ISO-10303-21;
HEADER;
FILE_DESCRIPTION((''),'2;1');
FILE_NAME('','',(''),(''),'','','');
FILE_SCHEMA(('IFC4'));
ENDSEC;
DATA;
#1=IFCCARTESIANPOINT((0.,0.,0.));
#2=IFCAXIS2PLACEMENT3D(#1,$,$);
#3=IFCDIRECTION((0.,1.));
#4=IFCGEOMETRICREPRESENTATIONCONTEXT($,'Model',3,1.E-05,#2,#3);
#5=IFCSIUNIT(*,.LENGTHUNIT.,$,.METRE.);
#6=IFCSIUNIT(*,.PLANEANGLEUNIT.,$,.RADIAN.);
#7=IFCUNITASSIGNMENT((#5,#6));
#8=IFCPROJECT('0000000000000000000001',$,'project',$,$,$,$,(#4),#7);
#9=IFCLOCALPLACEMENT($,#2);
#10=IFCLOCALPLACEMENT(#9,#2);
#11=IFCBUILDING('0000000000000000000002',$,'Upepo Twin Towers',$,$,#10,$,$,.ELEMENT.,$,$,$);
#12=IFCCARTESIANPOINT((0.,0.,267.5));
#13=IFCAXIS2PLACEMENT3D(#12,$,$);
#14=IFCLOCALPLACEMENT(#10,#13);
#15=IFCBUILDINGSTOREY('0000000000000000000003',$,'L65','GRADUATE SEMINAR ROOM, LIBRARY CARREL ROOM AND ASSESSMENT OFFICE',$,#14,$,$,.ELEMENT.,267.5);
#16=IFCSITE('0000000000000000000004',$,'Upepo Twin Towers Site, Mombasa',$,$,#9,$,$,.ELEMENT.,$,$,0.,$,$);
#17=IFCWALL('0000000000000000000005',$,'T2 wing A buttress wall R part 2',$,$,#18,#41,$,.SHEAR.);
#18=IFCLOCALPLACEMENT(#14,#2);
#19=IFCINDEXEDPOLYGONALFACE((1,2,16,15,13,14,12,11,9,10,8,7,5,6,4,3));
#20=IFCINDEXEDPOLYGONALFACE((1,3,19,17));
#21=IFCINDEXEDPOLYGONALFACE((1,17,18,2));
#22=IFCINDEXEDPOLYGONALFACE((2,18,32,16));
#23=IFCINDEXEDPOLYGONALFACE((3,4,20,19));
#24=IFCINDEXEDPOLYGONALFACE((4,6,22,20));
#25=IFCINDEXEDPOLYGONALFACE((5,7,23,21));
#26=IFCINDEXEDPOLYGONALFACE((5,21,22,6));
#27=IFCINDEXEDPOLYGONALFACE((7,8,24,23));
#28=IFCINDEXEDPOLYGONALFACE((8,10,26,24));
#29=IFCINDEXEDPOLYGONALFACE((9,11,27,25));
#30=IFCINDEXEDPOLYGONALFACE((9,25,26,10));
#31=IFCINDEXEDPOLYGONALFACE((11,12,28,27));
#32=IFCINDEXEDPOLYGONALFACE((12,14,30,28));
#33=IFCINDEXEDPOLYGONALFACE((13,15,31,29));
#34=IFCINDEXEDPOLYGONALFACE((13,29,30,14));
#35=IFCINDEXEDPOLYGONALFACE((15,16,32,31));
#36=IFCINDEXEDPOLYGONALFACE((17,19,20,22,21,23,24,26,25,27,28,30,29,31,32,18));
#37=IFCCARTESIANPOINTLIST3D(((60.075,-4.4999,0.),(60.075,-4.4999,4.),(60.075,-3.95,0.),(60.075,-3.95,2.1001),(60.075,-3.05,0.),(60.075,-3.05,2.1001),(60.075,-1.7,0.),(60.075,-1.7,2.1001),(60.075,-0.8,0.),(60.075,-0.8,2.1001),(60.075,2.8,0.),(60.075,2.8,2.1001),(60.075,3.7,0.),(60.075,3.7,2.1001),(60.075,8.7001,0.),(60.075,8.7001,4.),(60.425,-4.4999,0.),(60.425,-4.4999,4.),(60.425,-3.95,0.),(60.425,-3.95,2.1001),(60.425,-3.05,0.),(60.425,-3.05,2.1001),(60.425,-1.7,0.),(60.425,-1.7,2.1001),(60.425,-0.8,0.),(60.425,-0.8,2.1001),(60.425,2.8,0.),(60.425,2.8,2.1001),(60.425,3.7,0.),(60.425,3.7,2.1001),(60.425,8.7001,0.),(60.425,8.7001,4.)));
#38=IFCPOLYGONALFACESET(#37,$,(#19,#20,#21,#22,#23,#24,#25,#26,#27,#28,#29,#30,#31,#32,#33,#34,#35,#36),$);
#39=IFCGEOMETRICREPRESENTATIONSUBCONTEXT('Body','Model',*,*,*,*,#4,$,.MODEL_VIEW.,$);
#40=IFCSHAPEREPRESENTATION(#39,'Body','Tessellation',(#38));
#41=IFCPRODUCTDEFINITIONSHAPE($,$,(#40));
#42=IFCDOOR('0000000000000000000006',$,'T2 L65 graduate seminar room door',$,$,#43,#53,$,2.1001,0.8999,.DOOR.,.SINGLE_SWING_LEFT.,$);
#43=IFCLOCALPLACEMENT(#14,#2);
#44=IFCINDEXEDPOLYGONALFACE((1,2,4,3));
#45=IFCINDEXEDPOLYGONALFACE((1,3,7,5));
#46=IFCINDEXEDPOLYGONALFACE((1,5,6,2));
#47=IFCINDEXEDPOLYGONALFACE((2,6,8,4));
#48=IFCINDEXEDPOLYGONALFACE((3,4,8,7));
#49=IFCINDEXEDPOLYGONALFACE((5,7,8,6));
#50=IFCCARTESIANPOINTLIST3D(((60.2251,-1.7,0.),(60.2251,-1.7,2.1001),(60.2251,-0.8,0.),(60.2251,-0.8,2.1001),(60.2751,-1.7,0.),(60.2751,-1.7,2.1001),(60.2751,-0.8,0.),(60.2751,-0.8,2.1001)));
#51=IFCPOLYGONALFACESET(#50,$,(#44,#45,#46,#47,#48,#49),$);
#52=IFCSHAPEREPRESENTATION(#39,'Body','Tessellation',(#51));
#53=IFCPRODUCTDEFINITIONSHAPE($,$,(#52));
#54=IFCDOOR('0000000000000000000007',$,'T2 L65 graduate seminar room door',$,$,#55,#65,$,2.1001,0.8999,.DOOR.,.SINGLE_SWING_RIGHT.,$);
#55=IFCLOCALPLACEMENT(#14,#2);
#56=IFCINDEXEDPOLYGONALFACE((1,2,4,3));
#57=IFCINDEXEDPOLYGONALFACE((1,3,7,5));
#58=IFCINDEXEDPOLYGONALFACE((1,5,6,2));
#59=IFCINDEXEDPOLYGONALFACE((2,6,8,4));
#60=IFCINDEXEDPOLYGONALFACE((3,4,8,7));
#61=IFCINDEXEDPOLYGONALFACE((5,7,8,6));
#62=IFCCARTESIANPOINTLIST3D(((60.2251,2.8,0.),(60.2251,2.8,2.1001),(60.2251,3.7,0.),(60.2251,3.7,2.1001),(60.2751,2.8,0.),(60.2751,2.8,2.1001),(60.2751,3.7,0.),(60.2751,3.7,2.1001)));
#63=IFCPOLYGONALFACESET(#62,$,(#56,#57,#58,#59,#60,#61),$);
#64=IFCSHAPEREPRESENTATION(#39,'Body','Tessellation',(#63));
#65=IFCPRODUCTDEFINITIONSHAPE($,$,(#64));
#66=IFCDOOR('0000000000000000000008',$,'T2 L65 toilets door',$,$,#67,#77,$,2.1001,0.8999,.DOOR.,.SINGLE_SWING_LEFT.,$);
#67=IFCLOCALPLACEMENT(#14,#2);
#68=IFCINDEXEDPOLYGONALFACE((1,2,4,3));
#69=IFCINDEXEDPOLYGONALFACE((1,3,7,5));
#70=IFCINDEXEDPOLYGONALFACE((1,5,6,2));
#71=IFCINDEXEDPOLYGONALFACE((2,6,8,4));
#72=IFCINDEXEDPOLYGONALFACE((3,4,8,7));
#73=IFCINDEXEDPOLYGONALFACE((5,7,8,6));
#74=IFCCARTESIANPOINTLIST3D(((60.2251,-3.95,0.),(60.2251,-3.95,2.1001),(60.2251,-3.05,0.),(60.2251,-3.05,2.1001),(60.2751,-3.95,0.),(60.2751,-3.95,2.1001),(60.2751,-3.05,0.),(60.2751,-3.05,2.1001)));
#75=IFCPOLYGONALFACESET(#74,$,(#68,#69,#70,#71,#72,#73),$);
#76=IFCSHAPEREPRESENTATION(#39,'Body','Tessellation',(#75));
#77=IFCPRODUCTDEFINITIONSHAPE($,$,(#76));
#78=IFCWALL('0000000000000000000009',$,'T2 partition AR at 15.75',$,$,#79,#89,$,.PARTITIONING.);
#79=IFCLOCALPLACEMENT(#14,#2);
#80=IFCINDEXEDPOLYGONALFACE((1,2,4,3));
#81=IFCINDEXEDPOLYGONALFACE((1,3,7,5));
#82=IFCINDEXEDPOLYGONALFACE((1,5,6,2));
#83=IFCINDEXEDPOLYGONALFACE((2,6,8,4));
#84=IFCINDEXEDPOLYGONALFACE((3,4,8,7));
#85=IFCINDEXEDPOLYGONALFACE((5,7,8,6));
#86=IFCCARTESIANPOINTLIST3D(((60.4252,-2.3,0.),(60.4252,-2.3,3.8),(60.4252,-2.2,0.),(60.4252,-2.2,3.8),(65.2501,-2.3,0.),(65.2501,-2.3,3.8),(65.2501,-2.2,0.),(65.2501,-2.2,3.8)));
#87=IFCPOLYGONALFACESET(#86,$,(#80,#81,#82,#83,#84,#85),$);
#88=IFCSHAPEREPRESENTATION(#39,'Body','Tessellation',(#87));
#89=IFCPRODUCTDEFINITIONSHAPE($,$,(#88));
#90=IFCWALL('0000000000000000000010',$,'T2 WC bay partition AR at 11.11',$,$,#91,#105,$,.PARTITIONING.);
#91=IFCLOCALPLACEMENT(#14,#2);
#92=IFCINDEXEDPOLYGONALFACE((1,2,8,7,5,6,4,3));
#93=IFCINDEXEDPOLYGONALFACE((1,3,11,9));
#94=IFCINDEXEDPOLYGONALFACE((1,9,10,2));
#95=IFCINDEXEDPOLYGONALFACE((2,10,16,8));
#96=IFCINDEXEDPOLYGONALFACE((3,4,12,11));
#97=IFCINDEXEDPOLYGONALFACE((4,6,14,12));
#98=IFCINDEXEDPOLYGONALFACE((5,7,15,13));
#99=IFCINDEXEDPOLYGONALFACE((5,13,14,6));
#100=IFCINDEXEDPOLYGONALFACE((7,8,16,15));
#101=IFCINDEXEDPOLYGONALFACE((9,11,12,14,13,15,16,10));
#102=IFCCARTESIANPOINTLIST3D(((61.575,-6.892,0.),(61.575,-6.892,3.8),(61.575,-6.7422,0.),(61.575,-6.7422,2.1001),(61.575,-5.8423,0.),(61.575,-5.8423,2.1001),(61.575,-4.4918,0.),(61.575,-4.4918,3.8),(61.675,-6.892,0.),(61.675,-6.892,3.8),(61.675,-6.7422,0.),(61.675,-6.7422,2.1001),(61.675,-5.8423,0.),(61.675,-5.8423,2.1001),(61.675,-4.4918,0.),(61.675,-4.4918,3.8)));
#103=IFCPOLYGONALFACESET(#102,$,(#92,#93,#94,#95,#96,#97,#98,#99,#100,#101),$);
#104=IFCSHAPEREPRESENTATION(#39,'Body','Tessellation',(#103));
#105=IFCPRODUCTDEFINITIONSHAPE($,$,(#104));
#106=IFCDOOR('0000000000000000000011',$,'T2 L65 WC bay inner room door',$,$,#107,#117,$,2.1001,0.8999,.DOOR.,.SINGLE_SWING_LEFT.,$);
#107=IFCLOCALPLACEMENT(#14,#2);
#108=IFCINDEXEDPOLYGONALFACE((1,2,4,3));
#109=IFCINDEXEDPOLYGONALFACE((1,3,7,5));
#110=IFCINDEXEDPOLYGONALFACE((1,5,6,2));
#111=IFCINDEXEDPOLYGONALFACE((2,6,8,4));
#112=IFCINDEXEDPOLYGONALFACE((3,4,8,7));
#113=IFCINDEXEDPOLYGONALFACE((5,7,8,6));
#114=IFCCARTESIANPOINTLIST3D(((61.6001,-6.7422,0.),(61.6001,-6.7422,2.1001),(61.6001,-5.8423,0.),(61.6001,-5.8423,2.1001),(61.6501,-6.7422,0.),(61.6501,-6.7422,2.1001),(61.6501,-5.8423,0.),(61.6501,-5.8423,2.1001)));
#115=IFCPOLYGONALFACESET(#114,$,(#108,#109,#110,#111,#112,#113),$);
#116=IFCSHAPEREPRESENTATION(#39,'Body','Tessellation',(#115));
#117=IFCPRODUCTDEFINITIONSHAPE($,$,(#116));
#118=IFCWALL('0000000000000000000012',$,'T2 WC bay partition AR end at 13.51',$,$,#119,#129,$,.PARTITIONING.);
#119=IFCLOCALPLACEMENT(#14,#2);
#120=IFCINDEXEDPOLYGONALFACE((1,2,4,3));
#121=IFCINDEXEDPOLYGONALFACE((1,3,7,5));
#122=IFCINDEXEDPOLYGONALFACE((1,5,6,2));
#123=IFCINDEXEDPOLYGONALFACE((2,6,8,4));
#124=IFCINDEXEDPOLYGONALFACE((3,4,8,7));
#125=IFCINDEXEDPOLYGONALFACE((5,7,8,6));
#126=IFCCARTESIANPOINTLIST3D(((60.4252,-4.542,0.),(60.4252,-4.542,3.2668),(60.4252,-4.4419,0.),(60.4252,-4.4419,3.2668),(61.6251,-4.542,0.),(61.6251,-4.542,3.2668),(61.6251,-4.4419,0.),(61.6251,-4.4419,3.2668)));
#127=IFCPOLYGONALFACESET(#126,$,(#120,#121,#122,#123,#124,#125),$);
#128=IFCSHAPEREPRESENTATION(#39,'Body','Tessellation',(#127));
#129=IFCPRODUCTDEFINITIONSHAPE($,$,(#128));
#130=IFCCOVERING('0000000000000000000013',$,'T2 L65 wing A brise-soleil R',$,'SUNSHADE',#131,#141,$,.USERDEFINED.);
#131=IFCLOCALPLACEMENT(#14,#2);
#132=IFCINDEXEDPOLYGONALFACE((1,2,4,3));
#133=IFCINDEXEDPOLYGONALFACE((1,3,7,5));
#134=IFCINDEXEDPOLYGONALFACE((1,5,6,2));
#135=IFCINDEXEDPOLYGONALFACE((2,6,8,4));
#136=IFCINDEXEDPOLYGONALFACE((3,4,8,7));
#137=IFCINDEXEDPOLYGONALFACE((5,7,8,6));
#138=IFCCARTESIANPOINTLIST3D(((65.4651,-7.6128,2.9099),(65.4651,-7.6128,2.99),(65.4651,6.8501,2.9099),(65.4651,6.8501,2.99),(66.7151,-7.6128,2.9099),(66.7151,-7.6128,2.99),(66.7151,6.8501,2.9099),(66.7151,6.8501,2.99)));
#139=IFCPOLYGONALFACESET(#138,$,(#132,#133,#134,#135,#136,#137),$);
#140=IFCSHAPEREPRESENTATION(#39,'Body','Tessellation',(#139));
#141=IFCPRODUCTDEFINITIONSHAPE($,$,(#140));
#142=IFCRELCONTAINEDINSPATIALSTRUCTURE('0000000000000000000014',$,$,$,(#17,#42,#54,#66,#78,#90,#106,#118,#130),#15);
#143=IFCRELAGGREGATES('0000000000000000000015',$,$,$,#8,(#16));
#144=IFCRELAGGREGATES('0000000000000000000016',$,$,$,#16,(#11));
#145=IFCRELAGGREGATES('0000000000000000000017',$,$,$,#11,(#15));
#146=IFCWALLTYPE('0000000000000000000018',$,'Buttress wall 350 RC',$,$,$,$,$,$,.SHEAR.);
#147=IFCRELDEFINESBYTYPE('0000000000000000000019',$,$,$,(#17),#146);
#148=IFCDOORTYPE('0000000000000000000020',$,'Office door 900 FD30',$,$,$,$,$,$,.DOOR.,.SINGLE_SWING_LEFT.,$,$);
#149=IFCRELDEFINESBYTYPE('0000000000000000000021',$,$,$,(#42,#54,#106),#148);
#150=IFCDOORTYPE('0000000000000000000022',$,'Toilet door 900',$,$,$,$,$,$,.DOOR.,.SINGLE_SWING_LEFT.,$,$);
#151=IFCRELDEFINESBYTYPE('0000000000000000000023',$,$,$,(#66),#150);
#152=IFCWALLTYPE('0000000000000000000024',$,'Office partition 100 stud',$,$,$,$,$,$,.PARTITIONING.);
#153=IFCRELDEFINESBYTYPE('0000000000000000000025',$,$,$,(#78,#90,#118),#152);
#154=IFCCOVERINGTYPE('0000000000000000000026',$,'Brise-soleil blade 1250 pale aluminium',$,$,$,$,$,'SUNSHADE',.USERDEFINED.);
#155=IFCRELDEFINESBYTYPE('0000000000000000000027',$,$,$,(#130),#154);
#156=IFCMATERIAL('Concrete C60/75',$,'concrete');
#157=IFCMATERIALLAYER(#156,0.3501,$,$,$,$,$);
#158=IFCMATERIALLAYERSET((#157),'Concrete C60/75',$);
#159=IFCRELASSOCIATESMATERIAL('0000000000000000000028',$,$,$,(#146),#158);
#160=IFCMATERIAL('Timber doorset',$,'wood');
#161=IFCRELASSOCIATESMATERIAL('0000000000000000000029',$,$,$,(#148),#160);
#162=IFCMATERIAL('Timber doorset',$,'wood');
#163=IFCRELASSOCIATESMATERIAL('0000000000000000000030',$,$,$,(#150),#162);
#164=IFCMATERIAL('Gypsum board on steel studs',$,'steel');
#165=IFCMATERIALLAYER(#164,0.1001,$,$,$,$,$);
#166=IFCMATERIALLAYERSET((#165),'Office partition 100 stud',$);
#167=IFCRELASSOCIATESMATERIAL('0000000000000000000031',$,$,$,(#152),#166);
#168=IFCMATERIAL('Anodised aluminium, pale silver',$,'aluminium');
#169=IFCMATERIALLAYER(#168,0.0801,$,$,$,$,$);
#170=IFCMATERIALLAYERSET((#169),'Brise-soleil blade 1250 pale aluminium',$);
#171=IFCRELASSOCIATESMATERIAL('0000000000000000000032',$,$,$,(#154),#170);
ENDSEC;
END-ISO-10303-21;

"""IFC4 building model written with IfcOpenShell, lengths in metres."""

from ifc_helpers import new_model, si_unit, direction, frame, frame_2d, origin, origin_2d, place, context, subcontext, project, spatial, rectangle, extrude, material, layer, layer_set, type_object, element, fill, save


model = new_model("IFC4")

# Units and contexts
model_context = context("Model", 3, precision=1e-05, world=origin(), true_north=direction((0.0, 1.0)))
body_context = subcontext(model_context, "Body", "Model", "MODEL_VIEW")
ifc_project = project(units=[si_unit("LENGTHUNIT", "METRE"), si_unit("PLANEANGLEUNIT", "RADIAN")], contexts=[model_context])

# Site, building, storey
site_placement = place(None, origin())
site = spatial("IfcSite", under=ifc_project, at=site_placement, Name="Upepo Twin Towers Site, Mombasa", CompositionType="ELEMENT", RefElevation=0.0)
building_placement = place(site_placement, origin())
building = spatial("IfcBuilding", under=site, at=building_placement, Name="Upepo Twin Towers", CompositionType="ELEMENT")
storey_placement = place(building_placement, frame((0.0, 0.0, 267.5)))
storey = spatial("IfcBuildingStorey", under=building, at=storey_placement, Name="L65", Description="GRADUATE SEMINAR ROOM, LIBRARY CARREL ROOM AND ASSESSMENT OFFICE", CompositionType="ELEMENT", Elevation=267.5)

# Wall, openings, doors
ifc_material_1 = material(Name="Concrete C60/75", Category="concrete")
ifc_layer_1 = layer(ifc_material_1, 0.3501)
ifc_layer_set_1 = layer_set([ifc_layer_1], Name="Concrete C60/75")
wall_type_1 = type_object("IfcWallType", Name="Buttress wall 350 RC", PredefinedType="SHEAR", material=ifc_layer_set_1)
wall_1_placement = place(storey_placement, frame((60.25, -4.5, 0.0), z_axis=(0.0, 0.0, 1.0), x_axis=(0.0, 1.0, 0.0)))
wall_1 = element("IfcWall", 1, at=wall_1_placement, inside=storey, type_object=wall_type_1, Name="T2 wing A buttress wall R part 2", PredefinedType="SHEAR", context=body_context, shape_type="SweptSolid", body=[
    extrude(rectangle(XDim=13.2, YDim=0.3501, at=frame_2d((6.6001, 0.0))), origin(), (0.0, 0.0, 1.0), 4.0),
])
opening_1_placement = place(wall_1_placement, frame((0.55, 0.0, 0.0)))
opening_1 = element("IfcOpeningElement", 2, at=opening_1_placement, cuts=wall_1, PredefinedType="OPENING", context=body_context, shape_type="SweptSolid", body=[
    extrude(rectangle(XDim=0.8999, YDim=2.1001, at=frame_2d((0.45, 1.05))), frame((0.0, 0.1851, 0.0), z_axis=(0.0, -1.0, 0.0), x_axis=(1.0, 0.0, 0.0)), (0.0, 0.0, 1.0), 0.3701),
])
opening_2_placement = place(wall_1_placement, frame((2.8, 0.0, 0.0)))
opening_2 = element("IfcOpeningElement", 3, at=opening_2_placement, cuts=wall_1, PredefinedType="OPENING", context=body_context, shape_type="SweptSolid", body=[
    extrude(rectangle(XDim=0.8999, YDim=2.1001, at=frame_2d((0.45, 1.05))), frame((0.0, 0.1851, 0.0), z_axis=(0.0, -1.0, 0.0), x_axis=(1.0, 0.0, 0.0)), (0.0, 0.0, 1.0), 0.3701),
])
opening_3_placement = place(wall_1_placement, frame((7.3, 0.0, 0.0)))
opening_3 = element("IfcOpeningElement", 4, at=opening_3_placement, cuts=wall_1, PredefinedType="OPENING", context=body_context, shape_type="SweptSolid", body=[
    extrude(rectangle(XDim=0.8999, YDim=2.1001, at=frame_2d((0.45, 1.05))), frame((0.0, 0.1851, 0.0), z_axis=(0.0, -1.0, 0.0), x_axis=(1.0, 0.0, 0.0)), (0.0, 0.0, 1.0), 0.3701),
])
ifc_material_2 = material(Name="Timber doorset", Category="wood")
door_type_1 = type_object("IfcDoorType", Name="Office door 900 FD30", OperationType="SINGLE_SWING_LEFT", PredefinedType="DOOR", material=ifc_material_2)
door_1_placement = place(opening_2_placement, origin())
door_1 = element("IfcDoor", 5, at=door_1_placement, inside=storey, type_object=door_type_1, Name="T2 L65 graduate seminar room door", OperationType="SINGLE_SWING_LEFT", OverallHeight=2.1001, OverallWidth=0.8999, PredefinedType="DOOR", context=body_context, shape_type="SweptSolid", body=[
    extrude(rectangle(XDim=0.8999, YDim=2.1001, at=frame_2d((0.45, 1.05))), frame((0.0, 0.0249, 0.0), z_axis=(0.0, -1.0, 0.0), x_axis=(1.0, 0.0, 0.0)), (0.0, 0.0, 1.0), 0.05),
])
fill(opening_2, door_1)
door_2_placement = place(opening_3_placement, origin())
door_2 = element("IfcDoor", 6, at=door_2_placement, inside=storey, type_object=door_type_1, Name="T2 L65 graduate seminar room door", OperationType="SINGLE_SWING_RIGHT", OverallHeight=2.1001, OverallWidth=0.8999, PredefinedType="DOOR", context=body_context, shape_type="SweptSolid", body=[
    extrude(rectangle(XDim=0.8999, YDim=2.1001, at=frame_2d((0.45, 1.05))), frame((0.0, 0.0249, 0.0), z_axis=(0.0, -1.0, 0.0), x_axis=(1.0, 0.0, 0.0)), (0.0, 0.0, 1.0), 0.05),
])
fill(opening_3, door_2)
ifc_material_3 = material(Name="Timber doorset", Category="wood")
door_type_2 = type_object("IfcDoorType", Name="Toilet door 900", OperationType="SINGLE_SWING_LEFT", PredefinedType="DOOR", material=ifc_material_3)
door_3_placement = place(opening_1_placement, origin())
door_3 = element("IfcDoor", 7, at=door_3_placement, inside=storey, type_object=door_type_2, Name="T2 L65 toilets door", OperationType="SINGLE_SWING_LEFT", OverallHeight=2.1001, OverallWidth=0.8999, PredefinedType="DOOR", context=body_context, shape_type="SweptSolid", body=[
    extrude(rectangle(XDim=0.8999, YDim=2.1001, at=frame_2d((0.45, 1.05))), frame((0.0, 0.0249, 0.0), z_axis=(0.0, -1.0, 0.0), x_axis=(1.0, 0.0, 0.0)), (0.0, 0.0, 1.0), 0.05),
])
fill(opening_1, door_3)

# Wall
ifc_material_4 = material(Name="Gypsum board on steel studs", Category="steel")
ifc_layer_2 = layer(ifc_material_4, 0.1001)
ifc_layer_set_2 = layer_set([ifc_layer_2], Name="Office partition 100 stud")
wall_type_2 = type_object("IfcWallType", Name="Office partition 100 stud", PredefinedType="PARTITIONING", material=ifc_layer_set_2)
wall_2_placement = place(storey_placement, frame((60.425, -2.25, 0.0), z_axis=(0.0, 0.0, 1.0), x_axis=(1.0, 0.0, 0.0)))
element("IfcWall", 8, at=wall_2_placement, inside=storey, type_object=wall_type_2, Name="T2 partition AR at 15.75", PredefinedType="PARTITIONING", context=body_context, shape_type="SweptSolid", body=[
    extrude(rectangle(XDim=4.825, YDim=0.1001, at=frame_2d((2.4126, 0.0))), origin(), (0.0, 0.0, 1.0), 3.8),
])

# Wall, opening, door
wall_3_placement = place(storey_placement, frame((61.625, -6.8921, 0.0), z_axis=(0.0, 0.0, 1.0), x_axis=(0.0, 1.0, 0.0)))
wall_3 = element("IfcWall", 9, at=wall_3_placement, inside=storey, type_object=wall_type_2, Name="T2 WC bay partition AR at 11.11", PredefinedType="PARTITIONING", context=body_context, shape_type="SweptSolid", body=[
    extrude(rectangle(XDim=2.4001, YDim=0.1001, at=frame_2d((1.2002, 0.0))), origin(), (0.0, 0.0, 1.0), 3.8),
])
opening_4_placement = place(wall_3_placement, frame((0.1499, 0.0, 0.0)))
opening_4 = element("IfcOpeningElement", 10, at=opening_4_placement, cuts=wall_3, PredefinedType="OPENING", context=body_context, shape_type="SweptSolid", body=[
    extrude(rectangle(XDim=0.8999, YDim=2.1001, at=frame_2d((0.45, 1.05))), frame((0.0, 0.0601, 0.0), z_axis=(0.0, -1.0, 0.0), x_axis=(1.0, 0.0, 0.0)), (0.0, 0.0, 1.0), 0.1201),
])
door_4_placement = place(opening_4_placement, origin())
door_4 = element("IfcDoor", 11, at=door_4_placement, inside=storey, type_object=door_type_1, Name="T2 L65 WC bay inner room door", OperationType="SINGLE_SWING_LEFT", OverallHeight=2.1001, OverallWidth=0.8999, PredefinedType="DOOR", context=body_context, shape_type="SweptSolid", body=[
    extrude(rectangle(XDim=0.8999, YDim=2.1001, at=frame_2d((0.45, 1.05))), frame((0.0, 0.0249, 0.0), z_axis=(0.0, -1.0, 0.0), x_axis=(1.0, 0.0, 0.0)), (0.0, 0.0, 1.0), 0.05),
])
fill(opening_4, door_4)

# Wall
wall_4_placement = place(storey_placement, frame((60.425, -4.4919, 0.0), z_axis=(0.0, 0.0, 1.0), x_axis=(1.0, 0.0, 0.0)))
element("IfcWall", 12, at=wall_4_placement, inside=storey, type_object=wall_type_2, Name="T2 WC bay partition AR end at 13.51", PredefinedType="PARTITIONING", context=body_context, shape_type="SweptSolid", body=[
    extrude(rectangle(XDim=1.2, YDim=0.1001, at=frame_2d((0.6001, 0.0))), origin(), (0.0, 0.0, 1.0), 3.2668),
])

# Covering
ifc_material_5 = material(Name="Anodised aluminium, pale silver", Category="aluminium")
ifc_layer_3 = layer(ifc_material_5, 0.0801)
ifc_layer_set_3 = layer_set([ifc_layer_3], Name="Brise-soleil blade 1250 pale aluminium")
covering_type = type_object("IfcCoveringType", Name="Brise-soleil blade 1250 pale aluminium", ElementType="SUNSHADE", PredefinedType="USERDEFINED", material=ifc_layer_set_3)
covering_placement = place(storey_placement, frame((66.0901, -0.3813, 2.9099), z_axis=(0.0, 0.0, 1.0), x_axis=(0.0, 1.0, 0.0)))
element("IfcCovering", 13, at=covering_placement, inside=storey, type_object=covering_type, Name="T2 L65 wing A brise-soleil R", ObjectType="SUNSHADE", PredefinedType="USERDEFINED", context=body_context, shape_type="SweptSolid", body=[
    extrude(rectangle(XDim=14.4629, YDim=1.25, at=origin_2d()), origin(), (0.0, 0.0, 1.0), 0.0801),
])

save(model, "model.ifc")
